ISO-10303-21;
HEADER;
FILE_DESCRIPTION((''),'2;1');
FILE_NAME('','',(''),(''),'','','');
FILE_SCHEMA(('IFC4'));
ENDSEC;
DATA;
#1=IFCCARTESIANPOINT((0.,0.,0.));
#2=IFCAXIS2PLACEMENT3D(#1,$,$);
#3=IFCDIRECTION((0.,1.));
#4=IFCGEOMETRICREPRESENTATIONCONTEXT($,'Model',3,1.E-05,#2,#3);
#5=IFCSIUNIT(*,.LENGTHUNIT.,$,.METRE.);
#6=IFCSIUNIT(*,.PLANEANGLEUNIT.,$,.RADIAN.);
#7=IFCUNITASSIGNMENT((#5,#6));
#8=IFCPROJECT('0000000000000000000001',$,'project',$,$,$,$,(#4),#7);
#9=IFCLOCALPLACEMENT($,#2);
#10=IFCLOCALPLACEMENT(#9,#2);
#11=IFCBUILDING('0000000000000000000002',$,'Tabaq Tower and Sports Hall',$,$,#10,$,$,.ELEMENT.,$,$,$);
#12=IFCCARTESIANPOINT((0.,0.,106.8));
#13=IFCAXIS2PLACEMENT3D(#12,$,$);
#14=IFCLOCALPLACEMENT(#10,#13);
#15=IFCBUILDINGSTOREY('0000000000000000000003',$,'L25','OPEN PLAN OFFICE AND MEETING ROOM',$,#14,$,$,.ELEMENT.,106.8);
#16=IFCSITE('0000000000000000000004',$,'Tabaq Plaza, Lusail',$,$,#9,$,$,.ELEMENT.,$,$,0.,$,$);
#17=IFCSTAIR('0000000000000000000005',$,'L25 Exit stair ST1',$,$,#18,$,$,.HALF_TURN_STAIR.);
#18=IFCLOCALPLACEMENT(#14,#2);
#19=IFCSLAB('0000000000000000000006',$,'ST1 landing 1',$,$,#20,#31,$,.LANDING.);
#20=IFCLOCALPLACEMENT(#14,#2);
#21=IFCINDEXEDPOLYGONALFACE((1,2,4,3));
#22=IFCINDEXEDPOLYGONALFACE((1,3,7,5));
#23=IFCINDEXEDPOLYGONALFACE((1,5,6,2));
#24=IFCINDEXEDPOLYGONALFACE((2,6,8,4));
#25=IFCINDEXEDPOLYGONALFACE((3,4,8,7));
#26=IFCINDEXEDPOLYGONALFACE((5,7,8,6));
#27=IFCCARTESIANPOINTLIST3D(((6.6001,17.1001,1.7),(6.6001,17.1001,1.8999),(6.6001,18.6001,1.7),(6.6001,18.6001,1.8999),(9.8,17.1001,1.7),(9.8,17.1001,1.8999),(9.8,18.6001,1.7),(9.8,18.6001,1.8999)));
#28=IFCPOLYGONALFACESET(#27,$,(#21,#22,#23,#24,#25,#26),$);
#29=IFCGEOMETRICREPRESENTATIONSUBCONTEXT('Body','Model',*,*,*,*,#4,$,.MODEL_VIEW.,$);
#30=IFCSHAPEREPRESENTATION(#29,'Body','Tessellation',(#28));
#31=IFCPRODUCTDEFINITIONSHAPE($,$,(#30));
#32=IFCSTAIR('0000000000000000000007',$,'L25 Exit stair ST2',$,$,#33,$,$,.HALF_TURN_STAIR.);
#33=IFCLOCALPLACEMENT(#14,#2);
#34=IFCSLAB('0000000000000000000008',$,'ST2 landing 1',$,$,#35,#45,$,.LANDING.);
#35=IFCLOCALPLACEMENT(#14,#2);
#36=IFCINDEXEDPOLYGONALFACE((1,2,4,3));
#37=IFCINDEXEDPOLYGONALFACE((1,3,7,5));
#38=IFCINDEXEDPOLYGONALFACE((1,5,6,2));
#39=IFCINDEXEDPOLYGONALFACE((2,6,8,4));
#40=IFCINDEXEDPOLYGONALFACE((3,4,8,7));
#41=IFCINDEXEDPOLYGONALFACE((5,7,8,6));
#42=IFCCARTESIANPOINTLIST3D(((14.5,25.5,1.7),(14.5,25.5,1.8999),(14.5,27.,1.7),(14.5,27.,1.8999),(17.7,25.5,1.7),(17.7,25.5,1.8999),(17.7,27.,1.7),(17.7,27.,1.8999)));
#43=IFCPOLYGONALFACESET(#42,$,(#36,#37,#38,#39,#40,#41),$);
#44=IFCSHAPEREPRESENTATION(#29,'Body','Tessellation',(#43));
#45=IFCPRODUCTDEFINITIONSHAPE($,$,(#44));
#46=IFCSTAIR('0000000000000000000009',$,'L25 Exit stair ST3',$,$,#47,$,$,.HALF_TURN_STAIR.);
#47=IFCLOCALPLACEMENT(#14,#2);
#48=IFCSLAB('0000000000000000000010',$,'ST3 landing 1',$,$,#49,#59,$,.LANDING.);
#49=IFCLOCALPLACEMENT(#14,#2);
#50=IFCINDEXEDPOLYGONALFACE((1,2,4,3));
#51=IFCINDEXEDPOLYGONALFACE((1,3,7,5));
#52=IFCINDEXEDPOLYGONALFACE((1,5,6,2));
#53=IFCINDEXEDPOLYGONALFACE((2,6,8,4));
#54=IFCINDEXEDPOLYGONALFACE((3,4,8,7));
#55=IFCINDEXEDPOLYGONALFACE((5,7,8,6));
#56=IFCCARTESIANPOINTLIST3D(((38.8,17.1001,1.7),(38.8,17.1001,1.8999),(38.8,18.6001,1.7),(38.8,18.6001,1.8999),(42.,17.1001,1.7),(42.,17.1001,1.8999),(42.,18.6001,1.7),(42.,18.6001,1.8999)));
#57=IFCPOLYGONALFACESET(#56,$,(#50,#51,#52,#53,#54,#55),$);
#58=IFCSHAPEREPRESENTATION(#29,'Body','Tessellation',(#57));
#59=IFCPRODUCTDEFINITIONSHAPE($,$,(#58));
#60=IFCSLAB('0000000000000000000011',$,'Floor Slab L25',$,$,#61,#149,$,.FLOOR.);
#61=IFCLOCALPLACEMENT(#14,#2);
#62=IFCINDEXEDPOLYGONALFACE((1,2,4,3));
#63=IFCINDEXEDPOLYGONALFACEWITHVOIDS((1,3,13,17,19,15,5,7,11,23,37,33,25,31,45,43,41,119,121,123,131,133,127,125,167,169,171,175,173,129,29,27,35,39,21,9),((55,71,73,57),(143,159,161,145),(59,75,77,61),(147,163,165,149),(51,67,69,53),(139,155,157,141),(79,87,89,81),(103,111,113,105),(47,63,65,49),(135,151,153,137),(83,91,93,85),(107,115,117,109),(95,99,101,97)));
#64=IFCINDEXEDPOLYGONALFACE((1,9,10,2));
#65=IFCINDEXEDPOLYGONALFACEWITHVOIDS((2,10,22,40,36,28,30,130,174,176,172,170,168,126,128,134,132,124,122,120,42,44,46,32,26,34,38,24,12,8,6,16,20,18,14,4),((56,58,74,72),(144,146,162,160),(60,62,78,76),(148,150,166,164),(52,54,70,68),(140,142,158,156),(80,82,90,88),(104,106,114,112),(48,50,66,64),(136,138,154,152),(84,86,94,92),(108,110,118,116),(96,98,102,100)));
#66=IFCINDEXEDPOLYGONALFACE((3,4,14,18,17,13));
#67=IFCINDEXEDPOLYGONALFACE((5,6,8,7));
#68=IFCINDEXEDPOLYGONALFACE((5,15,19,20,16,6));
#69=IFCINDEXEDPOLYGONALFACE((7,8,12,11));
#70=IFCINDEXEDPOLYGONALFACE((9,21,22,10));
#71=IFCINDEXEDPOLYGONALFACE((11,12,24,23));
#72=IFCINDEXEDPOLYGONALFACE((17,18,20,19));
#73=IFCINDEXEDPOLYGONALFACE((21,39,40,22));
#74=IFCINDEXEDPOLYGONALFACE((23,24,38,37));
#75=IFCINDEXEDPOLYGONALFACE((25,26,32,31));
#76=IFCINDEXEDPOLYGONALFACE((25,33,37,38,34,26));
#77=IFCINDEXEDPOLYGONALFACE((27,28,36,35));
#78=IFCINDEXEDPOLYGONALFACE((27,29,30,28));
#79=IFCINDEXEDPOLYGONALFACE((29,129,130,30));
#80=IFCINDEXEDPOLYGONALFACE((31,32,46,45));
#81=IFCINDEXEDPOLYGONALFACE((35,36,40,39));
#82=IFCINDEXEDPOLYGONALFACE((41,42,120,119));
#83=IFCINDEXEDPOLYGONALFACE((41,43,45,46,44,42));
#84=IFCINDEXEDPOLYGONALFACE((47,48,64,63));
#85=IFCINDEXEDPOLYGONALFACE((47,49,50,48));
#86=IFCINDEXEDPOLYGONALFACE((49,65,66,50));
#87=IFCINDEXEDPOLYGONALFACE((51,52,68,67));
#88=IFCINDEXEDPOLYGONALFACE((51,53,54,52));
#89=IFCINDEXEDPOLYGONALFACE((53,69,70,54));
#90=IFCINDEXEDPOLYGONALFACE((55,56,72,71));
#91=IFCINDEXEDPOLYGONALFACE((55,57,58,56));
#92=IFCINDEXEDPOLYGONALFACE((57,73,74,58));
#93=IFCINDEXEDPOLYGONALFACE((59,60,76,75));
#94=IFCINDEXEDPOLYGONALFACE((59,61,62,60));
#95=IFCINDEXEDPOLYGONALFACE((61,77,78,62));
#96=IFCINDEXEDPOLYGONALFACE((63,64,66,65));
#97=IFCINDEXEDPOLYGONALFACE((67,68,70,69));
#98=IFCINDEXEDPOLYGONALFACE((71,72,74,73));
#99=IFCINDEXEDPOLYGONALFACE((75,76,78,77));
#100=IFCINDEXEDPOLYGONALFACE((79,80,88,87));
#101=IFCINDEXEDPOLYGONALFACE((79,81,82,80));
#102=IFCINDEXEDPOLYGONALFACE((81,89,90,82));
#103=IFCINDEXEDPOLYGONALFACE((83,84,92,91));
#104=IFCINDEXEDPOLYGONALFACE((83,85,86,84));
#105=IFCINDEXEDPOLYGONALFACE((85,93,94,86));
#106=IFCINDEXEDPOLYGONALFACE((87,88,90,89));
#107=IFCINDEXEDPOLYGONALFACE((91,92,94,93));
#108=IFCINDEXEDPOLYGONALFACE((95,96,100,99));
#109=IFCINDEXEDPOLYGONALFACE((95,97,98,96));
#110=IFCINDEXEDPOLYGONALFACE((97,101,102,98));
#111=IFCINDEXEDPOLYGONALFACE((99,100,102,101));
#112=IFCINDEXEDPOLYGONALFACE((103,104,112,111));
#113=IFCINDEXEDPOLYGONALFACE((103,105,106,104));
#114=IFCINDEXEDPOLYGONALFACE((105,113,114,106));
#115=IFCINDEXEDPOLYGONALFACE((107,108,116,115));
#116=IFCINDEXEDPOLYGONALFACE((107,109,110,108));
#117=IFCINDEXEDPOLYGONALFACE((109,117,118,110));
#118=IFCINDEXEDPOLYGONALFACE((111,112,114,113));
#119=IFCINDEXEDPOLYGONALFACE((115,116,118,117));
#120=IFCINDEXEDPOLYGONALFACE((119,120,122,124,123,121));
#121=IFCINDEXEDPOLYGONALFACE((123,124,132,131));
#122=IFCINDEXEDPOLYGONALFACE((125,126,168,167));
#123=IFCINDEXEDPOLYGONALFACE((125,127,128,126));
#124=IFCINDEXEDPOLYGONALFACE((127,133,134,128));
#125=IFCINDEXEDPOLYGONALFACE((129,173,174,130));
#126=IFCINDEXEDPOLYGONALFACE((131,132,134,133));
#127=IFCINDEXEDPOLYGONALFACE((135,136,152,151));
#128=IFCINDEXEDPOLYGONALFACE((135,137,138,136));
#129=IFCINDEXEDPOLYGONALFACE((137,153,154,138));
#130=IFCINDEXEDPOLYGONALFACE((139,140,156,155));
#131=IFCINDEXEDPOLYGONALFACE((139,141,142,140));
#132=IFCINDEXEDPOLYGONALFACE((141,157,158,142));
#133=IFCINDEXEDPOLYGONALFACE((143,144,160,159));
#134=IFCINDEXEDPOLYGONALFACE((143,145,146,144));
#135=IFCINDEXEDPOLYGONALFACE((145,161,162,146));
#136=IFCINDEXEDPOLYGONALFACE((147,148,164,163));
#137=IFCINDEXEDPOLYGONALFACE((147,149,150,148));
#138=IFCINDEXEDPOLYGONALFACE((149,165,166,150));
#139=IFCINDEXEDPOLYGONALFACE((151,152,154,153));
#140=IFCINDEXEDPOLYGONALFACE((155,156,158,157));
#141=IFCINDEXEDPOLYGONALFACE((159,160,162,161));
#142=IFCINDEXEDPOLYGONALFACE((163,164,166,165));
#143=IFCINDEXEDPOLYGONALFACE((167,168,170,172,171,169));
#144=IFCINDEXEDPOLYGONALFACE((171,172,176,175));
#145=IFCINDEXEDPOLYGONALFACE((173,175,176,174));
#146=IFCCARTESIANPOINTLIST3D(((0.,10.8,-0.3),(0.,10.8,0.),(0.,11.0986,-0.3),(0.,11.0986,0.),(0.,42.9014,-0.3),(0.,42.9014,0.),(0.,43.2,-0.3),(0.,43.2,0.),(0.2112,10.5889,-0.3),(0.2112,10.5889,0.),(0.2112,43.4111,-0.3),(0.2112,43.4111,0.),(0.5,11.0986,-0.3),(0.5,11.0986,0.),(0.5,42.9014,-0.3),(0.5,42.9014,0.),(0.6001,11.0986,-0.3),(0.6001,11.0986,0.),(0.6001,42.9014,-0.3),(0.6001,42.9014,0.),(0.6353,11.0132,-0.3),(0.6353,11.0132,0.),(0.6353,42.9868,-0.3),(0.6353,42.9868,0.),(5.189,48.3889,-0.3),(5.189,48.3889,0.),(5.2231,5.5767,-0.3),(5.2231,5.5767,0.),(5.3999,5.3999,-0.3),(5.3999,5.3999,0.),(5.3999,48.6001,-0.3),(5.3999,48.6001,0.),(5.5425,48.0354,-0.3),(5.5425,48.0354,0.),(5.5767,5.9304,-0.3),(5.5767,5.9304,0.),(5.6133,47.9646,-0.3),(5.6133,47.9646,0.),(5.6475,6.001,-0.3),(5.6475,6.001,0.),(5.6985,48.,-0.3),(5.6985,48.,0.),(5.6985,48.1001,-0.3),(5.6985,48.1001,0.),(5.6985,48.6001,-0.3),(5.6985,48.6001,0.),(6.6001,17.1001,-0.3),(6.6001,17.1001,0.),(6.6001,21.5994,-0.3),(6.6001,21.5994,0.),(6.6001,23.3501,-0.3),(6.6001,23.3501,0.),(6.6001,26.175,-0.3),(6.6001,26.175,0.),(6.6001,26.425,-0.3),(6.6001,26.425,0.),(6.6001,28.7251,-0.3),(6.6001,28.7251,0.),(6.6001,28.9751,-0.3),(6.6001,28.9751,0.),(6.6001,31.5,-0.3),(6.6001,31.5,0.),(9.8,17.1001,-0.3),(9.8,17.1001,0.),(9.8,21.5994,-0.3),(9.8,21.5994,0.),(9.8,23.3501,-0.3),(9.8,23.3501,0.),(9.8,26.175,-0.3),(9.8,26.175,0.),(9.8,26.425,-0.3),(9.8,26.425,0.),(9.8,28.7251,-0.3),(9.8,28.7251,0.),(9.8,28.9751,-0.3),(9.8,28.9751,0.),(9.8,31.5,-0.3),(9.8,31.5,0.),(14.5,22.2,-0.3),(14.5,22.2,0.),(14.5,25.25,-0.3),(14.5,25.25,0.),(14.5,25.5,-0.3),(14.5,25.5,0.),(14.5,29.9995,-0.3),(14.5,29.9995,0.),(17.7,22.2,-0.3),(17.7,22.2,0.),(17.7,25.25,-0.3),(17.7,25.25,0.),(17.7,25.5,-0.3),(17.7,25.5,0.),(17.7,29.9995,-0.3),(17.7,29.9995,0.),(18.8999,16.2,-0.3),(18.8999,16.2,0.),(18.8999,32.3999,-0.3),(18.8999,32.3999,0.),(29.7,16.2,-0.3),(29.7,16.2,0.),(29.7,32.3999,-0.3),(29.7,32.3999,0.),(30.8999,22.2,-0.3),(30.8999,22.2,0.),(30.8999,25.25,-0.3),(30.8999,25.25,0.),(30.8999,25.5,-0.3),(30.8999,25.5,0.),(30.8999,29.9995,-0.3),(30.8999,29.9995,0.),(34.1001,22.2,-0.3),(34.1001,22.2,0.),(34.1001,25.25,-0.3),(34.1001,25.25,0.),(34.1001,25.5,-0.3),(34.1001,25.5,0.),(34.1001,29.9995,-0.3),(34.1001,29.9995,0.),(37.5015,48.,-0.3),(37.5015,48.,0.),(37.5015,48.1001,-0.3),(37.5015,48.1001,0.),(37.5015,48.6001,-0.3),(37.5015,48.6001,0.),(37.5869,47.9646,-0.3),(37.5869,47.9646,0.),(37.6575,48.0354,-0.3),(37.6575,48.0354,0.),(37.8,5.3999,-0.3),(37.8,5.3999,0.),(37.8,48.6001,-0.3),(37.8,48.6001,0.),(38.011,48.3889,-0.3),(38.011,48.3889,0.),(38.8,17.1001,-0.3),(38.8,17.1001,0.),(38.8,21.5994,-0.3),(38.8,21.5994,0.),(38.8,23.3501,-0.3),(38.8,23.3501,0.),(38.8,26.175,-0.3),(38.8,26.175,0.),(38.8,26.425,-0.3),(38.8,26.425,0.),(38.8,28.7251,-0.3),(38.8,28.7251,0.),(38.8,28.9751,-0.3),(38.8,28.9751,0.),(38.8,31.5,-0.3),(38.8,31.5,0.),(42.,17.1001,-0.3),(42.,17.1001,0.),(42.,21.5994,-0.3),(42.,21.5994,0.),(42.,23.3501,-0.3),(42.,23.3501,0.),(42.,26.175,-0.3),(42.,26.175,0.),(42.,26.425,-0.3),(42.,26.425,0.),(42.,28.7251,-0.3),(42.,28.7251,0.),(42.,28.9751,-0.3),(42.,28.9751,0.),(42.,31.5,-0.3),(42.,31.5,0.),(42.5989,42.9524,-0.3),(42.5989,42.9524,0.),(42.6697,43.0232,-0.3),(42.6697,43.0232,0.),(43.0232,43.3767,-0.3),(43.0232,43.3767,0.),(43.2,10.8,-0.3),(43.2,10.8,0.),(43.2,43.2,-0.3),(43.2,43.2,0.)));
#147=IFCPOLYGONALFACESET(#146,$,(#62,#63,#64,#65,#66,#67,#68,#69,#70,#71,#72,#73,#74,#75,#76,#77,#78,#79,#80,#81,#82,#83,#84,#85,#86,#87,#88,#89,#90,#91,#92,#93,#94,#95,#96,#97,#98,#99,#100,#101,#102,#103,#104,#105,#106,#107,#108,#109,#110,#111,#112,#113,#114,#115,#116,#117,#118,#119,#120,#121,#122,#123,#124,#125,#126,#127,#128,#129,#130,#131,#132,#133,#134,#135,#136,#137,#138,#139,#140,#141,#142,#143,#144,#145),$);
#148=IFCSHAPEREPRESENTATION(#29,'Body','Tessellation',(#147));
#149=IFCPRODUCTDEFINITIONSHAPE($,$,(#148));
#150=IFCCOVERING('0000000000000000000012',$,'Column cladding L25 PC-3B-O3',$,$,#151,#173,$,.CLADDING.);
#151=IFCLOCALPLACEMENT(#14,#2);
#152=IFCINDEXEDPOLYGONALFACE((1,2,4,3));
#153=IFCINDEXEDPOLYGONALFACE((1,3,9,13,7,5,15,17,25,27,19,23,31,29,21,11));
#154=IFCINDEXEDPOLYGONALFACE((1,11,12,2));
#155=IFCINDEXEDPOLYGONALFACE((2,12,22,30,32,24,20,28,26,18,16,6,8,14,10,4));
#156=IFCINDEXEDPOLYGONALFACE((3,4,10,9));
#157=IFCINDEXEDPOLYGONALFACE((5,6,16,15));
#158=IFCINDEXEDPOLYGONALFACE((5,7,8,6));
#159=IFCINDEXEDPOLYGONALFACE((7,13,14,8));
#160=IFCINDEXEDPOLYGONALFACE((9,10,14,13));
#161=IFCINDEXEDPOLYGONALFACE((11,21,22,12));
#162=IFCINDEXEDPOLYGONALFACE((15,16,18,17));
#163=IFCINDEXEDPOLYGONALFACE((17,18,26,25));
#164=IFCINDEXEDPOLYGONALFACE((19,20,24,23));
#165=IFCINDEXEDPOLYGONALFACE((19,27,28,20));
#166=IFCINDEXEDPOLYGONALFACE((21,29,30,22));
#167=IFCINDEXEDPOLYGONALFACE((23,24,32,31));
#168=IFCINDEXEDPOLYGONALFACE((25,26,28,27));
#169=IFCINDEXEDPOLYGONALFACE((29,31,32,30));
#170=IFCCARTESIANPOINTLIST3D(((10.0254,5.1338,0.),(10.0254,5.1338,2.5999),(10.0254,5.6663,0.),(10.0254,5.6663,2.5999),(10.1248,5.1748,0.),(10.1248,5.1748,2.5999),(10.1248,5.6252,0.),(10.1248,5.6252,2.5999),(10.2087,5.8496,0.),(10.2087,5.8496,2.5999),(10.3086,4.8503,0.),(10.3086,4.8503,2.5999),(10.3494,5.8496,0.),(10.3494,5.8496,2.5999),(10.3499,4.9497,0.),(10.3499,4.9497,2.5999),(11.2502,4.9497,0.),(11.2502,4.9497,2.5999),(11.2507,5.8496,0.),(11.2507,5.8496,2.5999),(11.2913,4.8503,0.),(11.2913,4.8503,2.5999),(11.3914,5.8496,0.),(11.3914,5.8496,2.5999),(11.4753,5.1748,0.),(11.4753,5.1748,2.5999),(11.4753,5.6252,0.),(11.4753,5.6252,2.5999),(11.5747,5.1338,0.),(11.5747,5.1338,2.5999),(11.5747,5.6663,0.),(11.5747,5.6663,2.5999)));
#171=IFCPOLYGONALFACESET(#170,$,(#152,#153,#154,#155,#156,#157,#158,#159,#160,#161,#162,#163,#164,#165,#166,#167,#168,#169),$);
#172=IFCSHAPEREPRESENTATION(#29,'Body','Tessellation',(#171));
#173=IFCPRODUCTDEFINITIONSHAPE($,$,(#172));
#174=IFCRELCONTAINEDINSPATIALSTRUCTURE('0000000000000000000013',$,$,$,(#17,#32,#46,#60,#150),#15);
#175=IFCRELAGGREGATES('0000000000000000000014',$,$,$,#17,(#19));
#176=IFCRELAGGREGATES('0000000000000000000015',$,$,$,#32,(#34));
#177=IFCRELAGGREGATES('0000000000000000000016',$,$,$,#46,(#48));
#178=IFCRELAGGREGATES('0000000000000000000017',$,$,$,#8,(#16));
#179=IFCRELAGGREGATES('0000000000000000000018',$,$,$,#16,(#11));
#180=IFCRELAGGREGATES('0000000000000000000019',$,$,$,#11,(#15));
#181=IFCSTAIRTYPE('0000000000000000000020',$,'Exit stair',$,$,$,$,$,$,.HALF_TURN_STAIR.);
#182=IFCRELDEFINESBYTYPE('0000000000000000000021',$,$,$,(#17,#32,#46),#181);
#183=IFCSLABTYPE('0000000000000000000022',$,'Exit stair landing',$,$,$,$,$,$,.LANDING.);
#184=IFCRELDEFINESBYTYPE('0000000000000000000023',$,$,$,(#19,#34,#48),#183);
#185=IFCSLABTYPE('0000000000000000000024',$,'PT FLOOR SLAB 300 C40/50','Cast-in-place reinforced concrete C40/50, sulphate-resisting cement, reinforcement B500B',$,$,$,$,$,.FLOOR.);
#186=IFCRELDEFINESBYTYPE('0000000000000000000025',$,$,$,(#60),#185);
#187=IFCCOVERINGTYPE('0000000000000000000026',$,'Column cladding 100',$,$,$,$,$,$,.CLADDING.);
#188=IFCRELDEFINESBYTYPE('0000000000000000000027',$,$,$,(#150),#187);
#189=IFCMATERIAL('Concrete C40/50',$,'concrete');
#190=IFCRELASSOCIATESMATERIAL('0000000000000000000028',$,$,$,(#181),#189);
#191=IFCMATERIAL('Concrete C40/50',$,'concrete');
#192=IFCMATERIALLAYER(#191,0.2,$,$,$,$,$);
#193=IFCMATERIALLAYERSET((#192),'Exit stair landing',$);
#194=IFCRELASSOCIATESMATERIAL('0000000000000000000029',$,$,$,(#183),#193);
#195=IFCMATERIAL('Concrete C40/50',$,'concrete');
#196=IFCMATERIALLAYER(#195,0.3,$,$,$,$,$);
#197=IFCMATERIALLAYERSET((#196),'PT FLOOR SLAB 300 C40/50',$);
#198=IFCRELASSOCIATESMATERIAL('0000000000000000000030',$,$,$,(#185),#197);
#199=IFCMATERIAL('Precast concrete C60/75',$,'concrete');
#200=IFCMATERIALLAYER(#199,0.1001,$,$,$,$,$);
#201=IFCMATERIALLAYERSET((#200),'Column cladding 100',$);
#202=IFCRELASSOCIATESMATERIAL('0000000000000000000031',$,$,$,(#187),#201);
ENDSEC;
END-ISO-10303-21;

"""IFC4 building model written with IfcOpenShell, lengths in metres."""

from ifc_helpers import new_model, si_unit, direction, frame, origin, place, context, subcontext, project, spatial, polyline, outline, extrude, material, layer, layer_set, type_object, element, aggregate, save


model = new_model("IFC4")

# Units and contexts
model_context = context("Model", 3, precision=1e-05, world=origin(), true_north=direction((0.0, 1.0)))
body_context = subcontext(model_context, "Body", "Model", "MODEL_VIEW")
ifc_project = project(units=[si_unit("LENGTHUNIT", "METRE"), si_unit("PLANEANGLEUNIT", "RADIAN")], contexts=[model_context])

# Site, building, storey
site_placement = place(None, origin())
site = spatial("IfcSite", under=ifc_project, at=site_placement, Name="Tabaq Plaza, Lusail", CompositionType="ELEMENT", RefElevation=0.0)
building_placement = place(site_placement, origin())
building = spatial("IfcBuilding", under=site, at=building_placement, Name="Tabaq Tower and Sports Hall", CompositionType="ELEMENT")
storey_placement = place(building_placement, frame((0.0, 0.0, 106.8)))
storey = spatial("IfcBuildingStorey", under=building, at=storey_placement, Name="L25", Description="OPEN PLAN OFFICE AND MEETING ROOM", CompositionType="ELEMENT", Elevation=106.8)

# Stairs, slabs
ifc_material_1 = material(Name="Concrete C40/50", Category="concrete")
stair_type = type_object("IfcStairType", Name="Exit stair", PredefinedType="HALF_TURN_STAIR", material=ifc_material_1)
stair_1_placement = place(storey_placement, origin())
stair_1 = element("IfcStair", 1, at=stair_1_placement, inside=storey, type_object=stair_type, Name="L25 Exit stair ST1", PredefinedType="HALF_TURN_STAIR")
ifc_material_2 = material(Name="Concrete C40/50", Category="concrete")
ifc_layer_1 = layer(ifc_material_2, 0.2)
ifc_layer_set_1 = layer_set([ifc_layer_1], Name="Exit stair landing")
slab_type_1 = type_object("IfcSlabType", Name="Exit stair landing", PredefinedType="LANDING", material=ifc_layer_set_1)
slab_1_placement = place(storey_placement, frame((0.0, 0.0, 1.7)))
slab_1 = element("IfcSlab", 2, at=slab_1_placement, type_object=slab_type_1, Name="ST1 landing 1", PredefinedType="LANDING", context=body_context, shape_type="SweptSolid", body=[
    extrude(outline(polyline([(6.6001, 18.6001), (6.6001, 17.1001), (9.8, 17.1001), (9.8, 18.6001), (6.6001, 18.6001)])), origin(), (0.0, 0.0, 1.0), 0.2),
])
aggregate(stair_1, [slab_1])
stair_2_placement = place(storey_placement, origin())
stair_2 = element("IfcStair", 3, at=stair_2_placement, inside=storey, type_object=stair_type, Name="L25 Exit stair ST2", PredefinedType="HALF_TURN_STAIR")
slab_2_placement = place(storey_placement, frame((0.0, 0.0, 1.7)))
slab_2 = element("IfcSlab", 4, at=slab_2_placement, type_object=slab_type_1, Name="ST2 landing 1", PredefinedType="LANDING", context=body_context, shape_type="SweptSolid", body=[
    extrude(outline(polyline([(14.5, 27.0), (14.5, 25.5), (17.7, 25.5), (17.7, 27.0), (14.5, 27.0)])), origin(), (0.0, 0.0, 1.0), 0.2),
])
aggregate(stair_2, [slab_2])
stair_3_placement = place(storey_placement, origin())
stair_3 = element("IfcStair", 5, at=stair_3_placement, inside=storey, type_object=stair_type, Name="L25 Exit stair ST3", PredefinedType="HALF_TURN_STAIR")
slab_3_placement = place(storey_placement, frame((0.0, 0.0, 1.7)))
slab_3 = element("IfcSlab", 6, at=slab_3_placement, type_object=slab_type_1, Name="ST3 landing 1", PredefinedType="LANDING", context=body_context, shape_type="SweptSolid", body=[
    extrude(outline(polyline([(38.8, 18.6001), (38.8, 17.1001), (42.0, 17.1001), (42.0, 18.6001), (38.8, 18.6001)])), origin(), (0.0, 0.0, 1.0), 0.2),
])
aggregate(stair_3, [slab_3])

# Slab
ifc_material_3 = material(Name="Concrete C40/50", Category="concrete")
ifc_layer_2 = layer(ifc_material_3, 0.3)
ifc_layer_set_2 = layer_set([ifc_layer_2], Name="PT FLOOR SLAB 300 C40/50")
slab_type_2 = type_object("IfcSlabType", Name="PT FLOOR SLAB 300 C40/50", Description="Cast-in-place reinforced concrete C40/50, sulphate-resisting cement, reinforcement B500B", PredefinedType="FLOOR", material=ifc_layer_set_2)
slab_4_placement = place(storey_placement, frame((0.0, 0.0, -0.3)))
element("IfcSlab", 7, at=slab_4_placement, inside=storey, type_object=slab_type_2, Name="Floor Slab L25", PredefinedType="FLOOR", context=body_context, shape_type="SweptSolid", body=[
    extrude(outline(polyline([(0.0, 11.0986), (0.0, 10.8), (0.2112, 10.5889), (0.6353, 11.0132), (5.6475, 6.001), (5.5767, 5.9304), (5.2231, 5.5767), (5.3999, 5.3999), (37.8, 5.3999), (43.2, 10.8), (43.2, 43.2), (43.0232, 43.3767), (42.6697, 43.0232), (42.5989, 42.9524), (37.5869, 47.9646), (37.6575, 48.0354), (38.011, 48.3889), (37.8, 48.6001), (37.5015, 48.6001), (37.5015, 48.1001), (37.5015, 48.0), (5.6985, 48.0), (5.6985, 48.1001), (5.6985, 48.6001), (5.3999, 48.6001), (5.189, 48.3889), (5.5425, 48.0354), (5.6133, 47.9646), (0.6353, 42.9868), (0.2112, 43.4111), (0.0, 43.2), (0.0, 42.9014), (0.5, 42.9014), (0.6001, 42.9014), (0.6001, 11.0986), (0.5, 11.0986), (0.0, 11.0986)]), holes=[polyline([(6.6001, 21.5994), (9.8, 21.5994), (9.8, 17.1001), (6.6001, 17.1001), (6.6001, 21.5994)]), polyline([(17.7, 25.25), (17.7, 22.2), (14.5, 22.2), (14.5, 25.25), (17.7, 25.25)]), polyline([(18.8999, 32.3999), (29.7, 32.3999), (29.7, 16.2), (18.8999, 16.2), (18.8999, 32.3999)]), polyline([(6.6001, 26.175), (9.8, 26.175), (9.8, 23.3501), (6.6001, 23.3501), (6.6001, 26.175)]), polyline([(9.8, 28.7251), (9.8, 26.425), (6.6001, 26.425), (6.6001, 28.7251), (9.8, 28.7251)]), polyline([(17.7, 29.9995), (17.7, 25.5), (14.5, 25.5), (14.5, 29.9995), (17.7, 29.9995)]), polyline([(6.6001, 31.5), (9.8, 31.5), (9.8, 28.9751), (6.6001, 28.9751), (6.6001, 31.5)]), polyline([(42.0, 21.5994), (42.0, 17.1001), (38.8, 17.1001), (38.8, 21.5994), (42.0, 21.5994)]), polyline([(34.1001, 25.25), (34.1001, 22.2), (30.8999, 22.2), (30.8999, 25.25), (34.1001, 25.25)]), polyline([(42.0, 26.175), (42.0, 23.3501), (38.8, 23.3501), (38.8, 26.175), (42.0, 26.175)]), polyline([(42.0, 28.7251), (42.0, 26.425), (38.8, 26.425), (38.8, 28.7251), (42.0, 28.7251)]), polyline([(34.1001, 29.9995), (34.1001, 25.5), (30.8999, 25.5), (30.8999, 29.9995), (34.1001, 29.9995)]), polyline([(42.0, 31.5), (42.0, 28.9751), (38.8, 28.9751), (38.8, 31.5), (42.0, 31.5)])]), origin(), (0.0, 0.0, 1.0), 0.3),
])

# Covering
ifc_material_4 = material(Name="Precast concrete C60/75", Category="concrete")
ifc_layer_3 = layer(ifc_material_4, 0.1001)
ifc_layer_set_3 = layer_set([ifc_layer_3], Name="Column cladding 100")
covering_type = type_object("IfcCoveringType", Name="Column cladding 100", PredefinedType="CLADDING", material=ifc_layer_set_3)
covering_1_placement = place(storey_placement, origin())
element("IfcCovering", 8, at=covering_1_placement, inside=storey, type_object=covering_type, Name="Column cladding L25 PC-3B-O3", PredefinedType="CLADDING", context=body_context, shape_type="SweptSolid", body=[
    extrude(outline(polyline([(10.0254, 5.6663), (10.2087, 5.8496), (10.3494, 5.8496), (10.1248, 5.6252), (10.1248, 5.1748), (10.3499, 4.9497), (11.2502, 4.9497), (11.4753, 5.1748), (11.4753, 5.6252), (11.2507, 5.8496), (11.3914, 5.8496), (11.5747, 5.6663), (11.5747, 5.1338), (11.2913, 4.8503), (10.3086, 4.8503), (10.0254, 5.1338), (10.0254, 5.6663)])), origin(), (0.0, 0.0, 1.0), 2.5999),
])

save(model, "model.ifc")
